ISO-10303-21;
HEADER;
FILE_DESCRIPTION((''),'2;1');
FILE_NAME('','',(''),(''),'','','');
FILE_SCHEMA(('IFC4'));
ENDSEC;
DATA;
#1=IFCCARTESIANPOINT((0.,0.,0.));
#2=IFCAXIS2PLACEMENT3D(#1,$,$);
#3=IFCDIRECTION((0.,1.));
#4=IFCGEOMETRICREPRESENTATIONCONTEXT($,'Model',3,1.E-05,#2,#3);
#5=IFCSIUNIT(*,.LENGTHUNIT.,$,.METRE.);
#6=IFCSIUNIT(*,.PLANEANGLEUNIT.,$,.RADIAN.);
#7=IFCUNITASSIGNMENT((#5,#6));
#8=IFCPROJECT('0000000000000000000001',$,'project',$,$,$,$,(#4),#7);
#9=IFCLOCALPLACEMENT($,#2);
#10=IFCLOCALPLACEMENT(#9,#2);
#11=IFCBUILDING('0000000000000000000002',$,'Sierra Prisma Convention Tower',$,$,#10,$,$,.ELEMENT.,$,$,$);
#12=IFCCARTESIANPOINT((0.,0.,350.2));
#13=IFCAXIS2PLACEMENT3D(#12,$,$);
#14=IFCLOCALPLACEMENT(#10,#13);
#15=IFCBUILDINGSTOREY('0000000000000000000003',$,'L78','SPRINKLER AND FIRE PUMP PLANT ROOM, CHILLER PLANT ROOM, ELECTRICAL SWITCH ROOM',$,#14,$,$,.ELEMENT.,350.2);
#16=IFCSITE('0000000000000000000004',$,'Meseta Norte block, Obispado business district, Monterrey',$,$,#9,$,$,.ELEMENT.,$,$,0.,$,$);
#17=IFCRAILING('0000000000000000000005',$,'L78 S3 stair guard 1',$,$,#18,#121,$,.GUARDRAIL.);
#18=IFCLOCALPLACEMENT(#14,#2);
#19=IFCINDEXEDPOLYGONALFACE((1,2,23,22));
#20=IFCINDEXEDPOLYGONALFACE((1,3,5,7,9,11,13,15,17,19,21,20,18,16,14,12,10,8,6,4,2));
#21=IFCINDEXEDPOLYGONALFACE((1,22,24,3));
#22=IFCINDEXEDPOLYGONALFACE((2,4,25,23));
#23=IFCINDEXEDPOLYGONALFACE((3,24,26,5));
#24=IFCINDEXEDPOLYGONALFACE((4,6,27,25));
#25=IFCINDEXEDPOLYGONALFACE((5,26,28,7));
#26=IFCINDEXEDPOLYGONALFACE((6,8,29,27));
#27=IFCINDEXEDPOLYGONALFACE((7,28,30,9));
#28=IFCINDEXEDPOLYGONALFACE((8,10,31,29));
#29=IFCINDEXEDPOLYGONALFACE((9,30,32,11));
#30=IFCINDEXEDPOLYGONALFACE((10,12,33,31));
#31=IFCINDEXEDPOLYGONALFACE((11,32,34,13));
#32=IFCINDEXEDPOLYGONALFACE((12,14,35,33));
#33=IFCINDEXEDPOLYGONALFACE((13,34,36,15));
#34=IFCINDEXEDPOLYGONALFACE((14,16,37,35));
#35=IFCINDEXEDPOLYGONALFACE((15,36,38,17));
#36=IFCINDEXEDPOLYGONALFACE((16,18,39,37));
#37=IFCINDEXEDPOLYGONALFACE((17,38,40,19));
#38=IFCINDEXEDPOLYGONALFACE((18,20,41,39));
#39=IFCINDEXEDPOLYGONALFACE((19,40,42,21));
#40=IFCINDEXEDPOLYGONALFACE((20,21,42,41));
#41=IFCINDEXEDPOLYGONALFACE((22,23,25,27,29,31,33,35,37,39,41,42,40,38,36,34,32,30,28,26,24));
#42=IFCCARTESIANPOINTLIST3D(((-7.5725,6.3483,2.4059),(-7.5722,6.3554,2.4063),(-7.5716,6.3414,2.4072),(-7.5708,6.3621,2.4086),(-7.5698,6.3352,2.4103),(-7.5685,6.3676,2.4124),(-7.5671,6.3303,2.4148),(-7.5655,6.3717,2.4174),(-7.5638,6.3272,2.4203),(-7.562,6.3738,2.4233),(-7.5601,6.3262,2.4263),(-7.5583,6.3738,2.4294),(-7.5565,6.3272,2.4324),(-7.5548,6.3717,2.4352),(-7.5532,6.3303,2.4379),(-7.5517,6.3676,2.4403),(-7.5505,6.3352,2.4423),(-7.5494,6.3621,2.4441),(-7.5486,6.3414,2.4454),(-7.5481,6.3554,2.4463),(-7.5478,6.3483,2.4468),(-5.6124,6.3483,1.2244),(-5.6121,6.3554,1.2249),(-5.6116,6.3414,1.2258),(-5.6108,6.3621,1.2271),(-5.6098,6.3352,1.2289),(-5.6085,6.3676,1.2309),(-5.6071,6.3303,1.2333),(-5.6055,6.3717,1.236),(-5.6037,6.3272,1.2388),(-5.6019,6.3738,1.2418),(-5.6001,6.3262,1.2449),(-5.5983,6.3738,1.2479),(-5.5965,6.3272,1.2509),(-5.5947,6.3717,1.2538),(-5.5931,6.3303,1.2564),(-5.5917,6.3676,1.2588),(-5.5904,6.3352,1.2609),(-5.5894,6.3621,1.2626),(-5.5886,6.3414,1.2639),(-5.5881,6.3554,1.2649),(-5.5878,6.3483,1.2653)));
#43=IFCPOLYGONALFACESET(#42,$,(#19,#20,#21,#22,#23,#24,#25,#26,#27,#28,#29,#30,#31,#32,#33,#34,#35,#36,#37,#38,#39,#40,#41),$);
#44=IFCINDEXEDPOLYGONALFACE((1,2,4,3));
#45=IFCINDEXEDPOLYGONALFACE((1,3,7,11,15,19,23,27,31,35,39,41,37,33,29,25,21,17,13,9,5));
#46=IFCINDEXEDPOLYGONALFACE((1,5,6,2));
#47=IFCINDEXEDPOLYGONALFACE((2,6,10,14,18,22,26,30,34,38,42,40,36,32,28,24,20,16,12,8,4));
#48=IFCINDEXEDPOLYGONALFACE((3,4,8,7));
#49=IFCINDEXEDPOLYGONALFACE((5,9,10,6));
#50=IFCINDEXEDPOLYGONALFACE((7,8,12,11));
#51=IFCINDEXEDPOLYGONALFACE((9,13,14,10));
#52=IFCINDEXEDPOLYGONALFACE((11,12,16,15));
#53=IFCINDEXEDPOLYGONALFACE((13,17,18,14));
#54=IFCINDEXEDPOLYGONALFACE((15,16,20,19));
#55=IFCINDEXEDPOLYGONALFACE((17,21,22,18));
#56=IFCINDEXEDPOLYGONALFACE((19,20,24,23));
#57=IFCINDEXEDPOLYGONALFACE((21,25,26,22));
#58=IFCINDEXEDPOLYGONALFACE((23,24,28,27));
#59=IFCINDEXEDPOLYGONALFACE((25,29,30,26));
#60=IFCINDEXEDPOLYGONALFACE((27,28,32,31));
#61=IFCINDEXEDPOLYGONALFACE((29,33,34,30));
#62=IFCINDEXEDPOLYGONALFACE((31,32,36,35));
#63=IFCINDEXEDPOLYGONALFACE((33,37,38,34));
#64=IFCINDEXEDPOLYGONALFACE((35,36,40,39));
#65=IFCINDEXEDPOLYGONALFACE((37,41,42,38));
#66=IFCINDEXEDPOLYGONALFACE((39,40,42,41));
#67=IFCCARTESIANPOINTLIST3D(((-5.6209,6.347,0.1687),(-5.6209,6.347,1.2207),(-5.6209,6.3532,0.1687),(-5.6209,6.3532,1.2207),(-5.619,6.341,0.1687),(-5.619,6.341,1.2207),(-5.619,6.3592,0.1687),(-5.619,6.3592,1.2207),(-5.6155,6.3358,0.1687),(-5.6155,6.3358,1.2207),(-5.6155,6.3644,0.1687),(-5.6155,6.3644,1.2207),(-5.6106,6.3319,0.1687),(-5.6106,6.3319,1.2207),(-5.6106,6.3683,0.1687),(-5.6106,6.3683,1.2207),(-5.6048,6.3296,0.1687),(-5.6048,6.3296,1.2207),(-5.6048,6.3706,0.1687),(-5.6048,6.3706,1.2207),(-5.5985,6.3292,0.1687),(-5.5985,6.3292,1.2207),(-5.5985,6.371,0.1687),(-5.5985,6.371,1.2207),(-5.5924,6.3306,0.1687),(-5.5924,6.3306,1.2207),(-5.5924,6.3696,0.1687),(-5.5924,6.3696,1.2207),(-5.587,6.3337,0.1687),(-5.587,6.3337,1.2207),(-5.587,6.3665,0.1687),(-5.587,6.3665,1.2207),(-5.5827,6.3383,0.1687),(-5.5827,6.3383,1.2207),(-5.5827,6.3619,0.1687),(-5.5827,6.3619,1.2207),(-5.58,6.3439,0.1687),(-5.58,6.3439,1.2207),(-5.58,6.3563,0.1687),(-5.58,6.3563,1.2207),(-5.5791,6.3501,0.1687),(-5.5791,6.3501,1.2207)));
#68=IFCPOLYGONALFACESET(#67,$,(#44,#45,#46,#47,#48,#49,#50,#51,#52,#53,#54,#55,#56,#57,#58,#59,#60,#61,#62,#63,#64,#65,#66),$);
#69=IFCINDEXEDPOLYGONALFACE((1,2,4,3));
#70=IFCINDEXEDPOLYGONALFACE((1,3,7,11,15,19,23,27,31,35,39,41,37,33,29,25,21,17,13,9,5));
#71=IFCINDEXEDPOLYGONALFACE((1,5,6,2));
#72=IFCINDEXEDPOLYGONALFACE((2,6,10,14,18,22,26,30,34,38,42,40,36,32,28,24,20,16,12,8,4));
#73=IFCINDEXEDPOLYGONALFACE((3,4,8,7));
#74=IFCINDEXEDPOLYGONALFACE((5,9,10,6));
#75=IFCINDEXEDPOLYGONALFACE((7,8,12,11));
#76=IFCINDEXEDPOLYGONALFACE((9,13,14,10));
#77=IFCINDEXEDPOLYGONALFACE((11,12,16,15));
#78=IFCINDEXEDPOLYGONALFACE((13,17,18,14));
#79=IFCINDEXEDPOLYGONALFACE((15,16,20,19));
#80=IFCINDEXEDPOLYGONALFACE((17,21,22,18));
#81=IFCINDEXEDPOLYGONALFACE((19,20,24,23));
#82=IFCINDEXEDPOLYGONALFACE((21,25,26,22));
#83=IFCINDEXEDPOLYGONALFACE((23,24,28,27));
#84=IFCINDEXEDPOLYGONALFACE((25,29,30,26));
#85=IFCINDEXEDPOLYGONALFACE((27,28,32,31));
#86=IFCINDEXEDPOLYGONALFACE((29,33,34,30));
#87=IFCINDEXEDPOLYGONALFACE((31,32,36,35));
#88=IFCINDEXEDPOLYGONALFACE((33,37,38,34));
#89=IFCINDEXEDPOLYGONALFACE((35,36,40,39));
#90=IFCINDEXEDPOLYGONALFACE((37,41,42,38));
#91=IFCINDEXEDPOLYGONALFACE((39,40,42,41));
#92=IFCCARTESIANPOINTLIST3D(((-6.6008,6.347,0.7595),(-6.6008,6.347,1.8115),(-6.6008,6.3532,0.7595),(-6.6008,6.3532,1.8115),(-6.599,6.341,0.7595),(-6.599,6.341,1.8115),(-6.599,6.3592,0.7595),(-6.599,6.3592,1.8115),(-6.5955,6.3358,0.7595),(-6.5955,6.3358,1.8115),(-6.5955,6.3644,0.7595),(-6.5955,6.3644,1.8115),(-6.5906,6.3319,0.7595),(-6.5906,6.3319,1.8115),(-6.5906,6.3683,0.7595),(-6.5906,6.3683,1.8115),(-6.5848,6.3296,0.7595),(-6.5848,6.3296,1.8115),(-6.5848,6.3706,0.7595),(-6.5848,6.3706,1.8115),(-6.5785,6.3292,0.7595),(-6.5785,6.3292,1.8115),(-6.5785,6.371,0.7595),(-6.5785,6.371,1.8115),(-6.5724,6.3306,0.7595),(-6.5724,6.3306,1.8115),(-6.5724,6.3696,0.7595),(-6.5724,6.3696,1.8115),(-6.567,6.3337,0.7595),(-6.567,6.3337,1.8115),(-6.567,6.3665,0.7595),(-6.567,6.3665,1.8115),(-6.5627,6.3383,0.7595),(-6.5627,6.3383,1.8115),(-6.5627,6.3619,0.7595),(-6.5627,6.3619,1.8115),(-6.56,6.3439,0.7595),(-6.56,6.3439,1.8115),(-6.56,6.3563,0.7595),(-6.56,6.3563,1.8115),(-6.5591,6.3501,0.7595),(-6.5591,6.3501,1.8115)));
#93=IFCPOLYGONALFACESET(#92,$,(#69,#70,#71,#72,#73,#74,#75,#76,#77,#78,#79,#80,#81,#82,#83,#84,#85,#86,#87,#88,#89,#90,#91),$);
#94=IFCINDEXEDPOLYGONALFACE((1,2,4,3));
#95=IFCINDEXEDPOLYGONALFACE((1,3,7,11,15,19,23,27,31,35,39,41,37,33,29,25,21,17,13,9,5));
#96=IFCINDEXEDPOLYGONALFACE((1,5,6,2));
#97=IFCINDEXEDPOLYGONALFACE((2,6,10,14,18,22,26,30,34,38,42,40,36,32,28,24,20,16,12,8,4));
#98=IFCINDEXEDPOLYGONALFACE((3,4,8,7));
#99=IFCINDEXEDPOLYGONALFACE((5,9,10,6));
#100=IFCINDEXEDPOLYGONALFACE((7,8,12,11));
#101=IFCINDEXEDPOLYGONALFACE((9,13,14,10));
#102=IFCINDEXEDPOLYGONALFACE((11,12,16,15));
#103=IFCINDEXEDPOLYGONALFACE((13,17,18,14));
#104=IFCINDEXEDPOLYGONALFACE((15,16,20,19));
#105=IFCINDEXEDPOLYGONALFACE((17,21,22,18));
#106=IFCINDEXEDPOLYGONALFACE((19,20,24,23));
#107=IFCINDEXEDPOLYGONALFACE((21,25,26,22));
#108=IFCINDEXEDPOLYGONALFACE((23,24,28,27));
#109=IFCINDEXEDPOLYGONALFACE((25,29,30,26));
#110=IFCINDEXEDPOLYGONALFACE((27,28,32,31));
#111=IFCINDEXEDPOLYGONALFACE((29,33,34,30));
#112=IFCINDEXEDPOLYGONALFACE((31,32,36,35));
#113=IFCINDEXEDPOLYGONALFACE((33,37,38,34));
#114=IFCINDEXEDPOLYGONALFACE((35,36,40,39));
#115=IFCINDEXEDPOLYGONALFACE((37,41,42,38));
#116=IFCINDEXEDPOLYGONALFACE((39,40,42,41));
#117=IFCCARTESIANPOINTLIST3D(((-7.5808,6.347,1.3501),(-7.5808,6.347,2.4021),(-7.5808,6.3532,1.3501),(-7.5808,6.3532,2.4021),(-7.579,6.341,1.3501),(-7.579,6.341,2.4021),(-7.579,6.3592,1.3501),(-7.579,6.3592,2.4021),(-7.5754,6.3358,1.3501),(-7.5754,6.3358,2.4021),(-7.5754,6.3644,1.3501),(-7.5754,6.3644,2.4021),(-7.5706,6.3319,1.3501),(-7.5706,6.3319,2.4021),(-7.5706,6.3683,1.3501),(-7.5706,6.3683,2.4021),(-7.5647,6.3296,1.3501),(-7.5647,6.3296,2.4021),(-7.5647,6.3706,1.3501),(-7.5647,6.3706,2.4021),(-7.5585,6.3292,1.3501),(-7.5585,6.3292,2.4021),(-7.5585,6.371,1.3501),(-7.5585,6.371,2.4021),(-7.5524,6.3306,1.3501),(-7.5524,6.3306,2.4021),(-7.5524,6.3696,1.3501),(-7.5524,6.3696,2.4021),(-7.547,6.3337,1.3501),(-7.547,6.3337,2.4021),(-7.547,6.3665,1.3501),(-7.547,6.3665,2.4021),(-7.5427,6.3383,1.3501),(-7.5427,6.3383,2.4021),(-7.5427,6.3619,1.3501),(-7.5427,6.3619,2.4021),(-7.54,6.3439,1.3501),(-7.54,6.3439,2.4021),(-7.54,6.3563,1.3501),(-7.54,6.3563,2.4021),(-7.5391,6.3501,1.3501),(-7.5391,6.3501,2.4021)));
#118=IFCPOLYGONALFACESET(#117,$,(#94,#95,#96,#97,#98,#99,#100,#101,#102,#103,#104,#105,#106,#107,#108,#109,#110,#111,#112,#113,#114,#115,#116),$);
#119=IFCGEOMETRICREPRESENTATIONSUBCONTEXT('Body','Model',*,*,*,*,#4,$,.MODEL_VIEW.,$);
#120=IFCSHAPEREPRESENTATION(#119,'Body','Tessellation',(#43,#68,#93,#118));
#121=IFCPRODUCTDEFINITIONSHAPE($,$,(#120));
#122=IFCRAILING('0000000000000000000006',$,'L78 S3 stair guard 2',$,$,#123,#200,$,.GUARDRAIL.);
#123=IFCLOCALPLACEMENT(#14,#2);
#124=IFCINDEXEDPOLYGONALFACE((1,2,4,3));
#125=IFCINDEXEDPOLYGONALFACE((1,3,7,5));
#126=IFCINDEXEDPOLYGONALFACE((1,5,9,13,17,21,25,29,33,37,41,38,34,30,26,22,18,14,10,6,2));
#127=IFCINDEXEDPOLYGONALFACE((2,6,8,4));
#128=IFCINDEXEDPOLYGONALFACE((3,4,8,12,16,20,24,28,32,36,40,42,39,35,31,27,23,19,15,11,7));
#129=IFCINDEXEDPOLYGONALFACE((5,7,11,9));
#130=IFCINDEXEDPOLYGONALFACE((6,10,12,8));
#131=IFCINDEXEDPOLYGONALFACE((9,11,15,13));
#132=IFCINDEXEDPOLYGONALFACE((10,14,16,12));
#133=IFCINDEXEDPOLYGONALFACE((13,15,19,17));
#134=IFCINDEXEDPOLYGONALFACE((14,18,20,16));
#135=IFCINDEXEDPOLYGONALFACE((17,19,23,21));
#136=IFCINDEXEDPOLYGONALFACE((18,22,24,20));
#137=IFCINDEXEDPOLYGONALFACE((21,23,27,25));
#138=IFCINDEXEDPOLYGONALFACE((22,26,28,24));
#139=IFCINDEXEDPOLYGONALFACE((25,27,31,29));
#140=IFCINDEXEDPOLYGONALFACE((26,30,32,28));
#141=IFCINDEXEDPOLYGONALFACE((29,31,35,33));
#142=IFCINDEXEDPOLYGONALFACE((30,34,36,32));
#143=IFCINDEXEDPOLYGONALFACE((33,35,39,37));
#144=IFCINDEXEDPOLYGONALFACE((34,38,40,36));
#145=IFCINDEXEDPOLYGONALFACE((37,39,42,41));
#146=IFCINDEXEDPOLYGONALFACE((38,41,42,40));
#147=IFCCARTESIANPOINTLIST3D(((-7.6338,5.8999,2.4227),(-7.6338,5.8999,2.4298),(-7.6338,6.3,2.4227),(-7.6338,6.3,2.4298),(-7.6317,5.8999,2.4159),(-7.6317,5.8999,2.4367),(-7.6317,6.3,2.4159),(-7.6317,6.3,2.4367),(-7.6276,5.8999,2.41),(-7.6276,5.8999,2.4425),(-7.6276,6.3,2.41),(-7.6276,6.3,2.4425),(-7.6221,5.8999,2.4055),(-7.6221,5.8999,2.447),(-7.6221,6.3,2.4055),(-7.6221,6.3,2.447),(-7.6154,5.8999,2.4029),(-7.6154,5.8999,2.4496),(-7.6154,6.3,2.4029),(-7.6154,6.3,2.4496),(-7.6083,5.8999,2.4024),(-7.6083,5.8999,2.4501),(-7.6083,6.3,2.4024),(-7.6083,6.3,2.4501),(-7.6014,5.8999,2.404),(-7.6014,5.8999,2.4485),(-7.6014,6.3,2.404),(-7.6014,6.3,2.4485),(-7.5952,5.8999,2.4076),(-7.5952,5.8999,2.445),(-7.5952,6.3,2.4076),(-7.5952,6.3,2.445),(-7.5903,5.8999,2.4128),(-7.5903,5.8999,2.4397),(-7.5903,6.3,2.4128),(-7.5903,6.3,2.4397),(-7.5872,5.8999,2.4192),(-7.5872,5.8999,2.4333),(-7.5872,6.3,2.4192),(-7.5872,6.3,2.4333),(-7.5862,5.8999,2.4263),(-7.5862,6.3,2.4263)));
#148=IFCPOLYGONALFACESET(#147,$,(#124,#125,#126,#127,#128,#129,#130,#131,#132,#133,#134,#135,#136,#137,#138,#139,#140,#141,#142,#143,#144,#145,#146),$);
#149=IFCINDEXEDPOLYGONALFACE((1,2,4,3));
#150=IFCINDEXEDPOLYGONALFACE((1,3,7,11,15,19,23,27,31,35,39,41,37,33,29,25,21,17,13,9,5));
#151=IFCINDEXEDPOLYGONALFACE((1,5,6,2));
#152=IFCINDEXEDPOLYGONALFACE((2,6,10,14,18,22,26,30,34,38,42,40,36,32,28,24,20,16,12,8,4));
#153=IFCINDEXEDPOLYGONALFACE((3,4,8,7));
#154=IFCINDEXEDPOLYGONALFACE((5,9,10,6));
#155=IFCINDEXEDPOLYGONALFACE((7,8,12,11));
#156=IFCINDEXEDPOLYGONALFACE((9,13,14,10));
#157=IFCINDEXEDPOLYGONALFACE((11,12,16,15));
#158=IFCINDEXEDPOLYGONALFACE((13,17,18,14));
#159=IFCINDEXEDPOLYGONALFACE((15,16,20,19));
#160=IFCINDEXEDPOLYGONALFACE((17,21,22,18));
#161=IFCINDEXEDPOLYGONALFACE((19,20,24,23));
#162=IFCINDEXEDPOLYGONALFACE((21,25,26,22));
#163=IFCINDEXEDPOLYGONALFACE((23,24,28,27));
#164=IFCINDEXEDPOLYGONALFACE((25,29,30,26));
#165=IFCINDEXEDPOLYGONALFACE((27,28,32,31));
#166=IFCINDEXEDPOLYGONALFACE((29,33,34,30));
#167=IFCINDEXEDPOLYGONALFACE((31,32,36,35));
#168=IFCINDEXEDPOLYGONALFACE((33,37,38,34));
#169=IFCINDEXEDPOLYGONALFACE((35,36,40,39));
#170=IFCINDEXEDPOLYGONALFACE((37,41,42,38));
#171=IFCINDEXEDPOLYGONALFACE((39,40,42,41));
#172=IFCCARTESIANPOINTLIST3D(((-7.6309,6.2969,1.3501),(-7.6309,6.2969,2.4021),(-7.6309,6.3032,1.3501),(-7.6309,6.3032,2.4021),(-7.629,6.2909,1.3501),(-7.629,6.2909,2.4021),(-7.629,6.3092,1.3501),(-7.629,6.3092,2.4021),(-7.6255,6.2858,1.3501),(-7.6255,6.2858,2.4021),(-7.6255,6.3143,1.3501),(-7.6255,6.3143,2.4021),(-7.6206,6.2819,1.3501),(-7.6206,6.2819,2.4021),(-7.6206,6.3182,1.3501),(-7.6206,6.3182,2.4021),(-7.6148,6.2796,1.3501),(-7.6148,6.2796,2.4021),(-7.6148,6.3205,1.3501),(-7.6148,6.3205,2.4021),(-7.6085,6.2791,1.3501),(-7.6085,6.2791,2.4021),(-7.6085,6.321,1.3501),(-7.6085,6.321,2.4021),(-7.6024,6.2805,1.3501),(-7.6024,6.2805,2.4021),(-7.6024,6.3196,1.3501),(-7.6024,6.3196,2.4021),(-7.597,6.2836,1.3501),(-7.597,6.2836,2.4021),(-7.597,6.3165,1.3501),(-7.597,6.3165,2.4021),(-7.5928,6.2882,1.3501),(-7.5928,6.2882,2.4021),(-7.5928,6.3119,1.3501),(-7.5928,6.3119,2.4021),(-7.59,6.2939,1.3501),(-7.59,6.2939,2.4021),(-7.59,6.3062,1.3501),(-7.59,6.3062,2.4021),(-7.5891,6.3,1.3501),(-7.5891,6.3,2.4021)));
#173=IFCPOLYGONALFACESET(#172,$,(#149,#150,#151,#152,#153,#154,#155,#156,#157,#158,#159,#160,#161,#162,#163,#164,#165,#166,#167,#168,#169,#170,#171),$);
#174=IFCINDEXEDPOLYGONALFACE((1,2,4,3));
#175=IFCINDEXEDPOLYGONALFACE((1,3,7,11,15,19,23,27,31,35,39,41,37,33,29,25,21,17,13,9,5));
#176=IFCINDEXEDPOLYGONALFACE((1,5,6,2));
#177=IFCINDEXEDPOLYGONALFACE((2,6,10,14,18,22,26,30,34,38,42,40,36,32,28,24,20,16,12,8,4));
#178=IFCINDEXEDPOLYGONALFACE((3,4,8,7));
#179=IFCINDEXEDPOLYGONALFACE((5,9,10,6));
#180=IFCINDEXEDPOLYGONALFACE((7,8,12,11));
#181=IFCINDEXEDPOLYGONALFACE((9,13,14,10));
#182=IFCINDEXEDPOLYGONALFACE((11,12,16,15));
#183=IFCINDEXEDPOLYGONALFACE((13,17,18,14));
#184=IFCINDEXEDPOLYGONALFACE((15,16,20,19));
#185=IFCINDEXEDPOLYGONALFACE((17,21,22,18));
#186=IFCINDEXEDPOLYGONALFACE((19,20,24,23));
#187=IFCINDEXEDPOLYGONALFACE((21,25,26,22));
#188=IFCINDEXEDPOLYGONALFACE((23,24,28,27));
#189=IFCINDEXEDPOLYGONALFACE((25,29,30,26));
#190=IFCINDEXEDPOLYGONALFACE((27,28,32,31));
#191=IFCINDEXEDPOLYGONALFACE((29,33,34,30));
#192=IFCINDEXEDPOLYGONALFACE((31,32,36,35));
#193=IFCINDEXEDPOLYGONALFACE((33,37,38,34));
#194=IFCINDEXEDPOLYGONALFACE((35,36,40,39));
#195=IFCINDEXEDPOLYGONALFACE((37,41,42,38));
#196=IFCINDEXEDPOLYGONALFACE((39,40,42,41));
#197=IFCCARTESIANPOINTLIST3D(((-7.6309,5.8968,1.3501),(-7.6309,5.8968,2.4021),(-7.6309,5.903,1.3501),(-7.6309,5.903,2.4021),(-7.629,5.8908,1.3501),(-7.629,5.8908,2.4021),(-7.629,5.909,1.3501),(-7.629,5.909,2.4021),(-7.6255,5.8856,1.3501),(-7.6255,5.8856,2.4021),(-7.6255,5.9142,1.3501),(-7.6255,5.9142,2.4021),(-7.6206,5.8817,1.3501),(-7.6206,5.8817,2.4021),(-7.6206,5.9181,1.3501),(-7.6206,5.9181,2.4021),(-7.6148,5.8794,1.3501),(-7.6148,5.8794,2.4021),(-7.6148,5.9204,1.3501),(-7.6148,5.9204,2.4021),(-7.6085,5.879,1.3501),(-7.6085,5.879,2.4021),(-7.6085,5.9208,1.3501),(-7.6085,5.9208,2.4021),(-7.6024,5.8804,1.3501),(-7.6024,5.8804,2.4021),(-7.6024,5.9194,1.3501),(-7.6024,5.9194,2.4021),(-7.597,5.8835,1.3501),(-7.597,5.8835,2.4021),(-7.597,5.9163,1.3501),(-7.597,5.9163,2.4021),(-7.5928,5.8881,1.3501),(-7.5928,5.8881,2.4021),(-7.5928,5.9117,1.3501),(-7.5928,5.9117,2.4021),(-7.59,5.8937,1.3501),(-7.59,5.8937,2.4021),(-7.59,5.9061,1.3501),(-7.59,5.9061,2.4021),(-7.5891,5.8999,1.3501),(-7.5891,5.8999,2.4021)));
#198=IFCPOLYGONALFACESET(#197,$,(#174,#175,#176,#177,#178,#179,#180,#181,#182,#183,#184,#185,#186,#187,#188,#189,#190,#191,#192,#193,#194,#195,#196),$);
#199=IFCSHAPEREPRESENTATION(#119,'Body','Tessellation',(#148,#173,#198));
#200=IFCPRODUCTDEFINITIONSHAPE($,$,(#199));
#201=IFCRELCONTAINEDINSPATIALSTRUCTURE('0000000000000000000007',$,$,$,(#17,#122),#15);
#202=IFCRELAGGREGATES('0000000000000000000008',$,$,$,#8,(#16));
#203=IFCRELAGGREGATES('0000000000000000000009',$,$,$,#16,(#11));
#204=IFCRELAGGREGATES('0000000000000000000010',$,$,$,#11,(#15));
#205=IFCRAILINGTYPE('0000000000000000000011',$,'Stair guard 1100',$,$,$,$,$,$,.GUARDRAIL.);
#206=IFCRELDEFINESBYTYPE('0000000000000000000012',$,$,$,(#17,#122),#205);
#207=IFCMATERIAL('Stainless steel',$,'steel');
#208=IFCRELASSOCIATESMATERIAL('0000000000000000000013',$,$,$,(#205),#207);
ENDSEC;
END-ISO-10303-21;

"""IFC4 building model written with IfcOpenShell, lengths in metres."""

from ifc_helpers import new_model, si_unit, direction, frame, origin, origin_2d, place, context, subcontext, project, spatial, circle, extrude, material, type_object, element, save


model = new_model("IFC4")

# Units and contexts
model_context = context("Model", 3, precision=1e-05, world=origin(), true_north=direction((0.0, 1.0)))
body_context = subcontext(model_context, "Body", "Model", "MODEL_VIEW")
ifc_project = project(units=[si_unit("LENGTHUNIT", "METRE"), si_unit("PLANEANGLEUNIT", "RADIAN")], contexts=[model_context])

# Site, building, storey
site_placement = place(None, origin())
site = spatial("IfcSite", under=ifc_project, at=site_placement, Name="Meseta Norte block, Obispado business district, Monterrey", CompositionType="ELEMENT", RefElevation=0.0)
building_placement = place(site_placement, origin())
building = spatial("IfcBuilding", under=site, at=building_placement, Name="Sierra Prisma Convention Tower", CompositionType="ELEMENT")
storey_placement = place(building_placement, frame((0.0, 0.0, 350.2)))
storey = spatial("IfcBuildingStorey", under=building, at=storey_placement, Name="L78", Description="SPRINKLER AND FIRE PUMP PLANT ROOM, CHILLER PLANT ROOM, ELECTRICAL SWITCH ROOM", CompositionType="ELEMENT", Elevation=350.2)

# Railings
ifc_material_1 = material(Name="Stainless steel", Category="steel")
railing_type_1 = type_object("IfcRailingType", Name="Stair guard 1100", PredefinedType="GUARDRAIL", material=ifc_material_1)
railing_1_placement = place(storey_placement, frame((-5.6001, 6.3501, 0.1687)))
element("IfcRailing", 1, at=railing_1_placement, inside=storey, type_object=railing_type_1, Name="L78 S3 stair guard 1", PredefinedType="GUARDRAIL", context=body_context, shape_type="SweptSolid", body=[
    extrude(circle(Radius=0.0239, at=origin_2d()), frame((0.0, 0.0, 1.0762), z_axis=(-0.856446, 0.0, 0.516236), x_axis=(0.0, -1.0, 0.0)), (0.0, 0.0, 1.0), 2.2886),
    extrude(circle(Radius=0.021, at=origin_2d()), origin(), (0.0, 0.0, 1.0), 1.052),
    extrude(circle(Radius=0.021, at=origin_2d()), frame((-0.98, 0.0, 0.5908)), (0.0, 0.0, 1.0), 1.052),
    extrude(circle(Radius=0.021, at=origin_2d()), frame((-1.96, 0.0, 1.1814)), (0.0, 0.0, 1.0), 1.052),
])
railing_2_placement = place(storey_placement, frame((-7.6101, 6.3, 1.3501)))
element("IfcRailing", 2, at=railing_2_placement, inside=storey, type_object=railing_type_1, Name="L78 S3 stair guard 2", PredefinedType="GUARDRAIL", context=body_context, shape_type="SweptSolid", body=[
    extrude(circle(Radius=0.0239, at=origin_2d()), frame((0.0, 0.0, 1.0762), z_axis=(0.0, -1.0, 0.0), x_axis=(1.0, 0.0, 0.0)), (0.0, 0.0, 1.0), 0.4001),
    extrude(circle(Radius=0.021, at=origin_2d()), origin(), (0.0, 0.0, 1.0), 1.052),
    extrude(circle(Radius=0.021, at=origin_2d()), frame((0.0, -0.4001, 0.0)), (0.0, 0.0, 1.0), 1.052),
])

save(model, "model.ifc")
